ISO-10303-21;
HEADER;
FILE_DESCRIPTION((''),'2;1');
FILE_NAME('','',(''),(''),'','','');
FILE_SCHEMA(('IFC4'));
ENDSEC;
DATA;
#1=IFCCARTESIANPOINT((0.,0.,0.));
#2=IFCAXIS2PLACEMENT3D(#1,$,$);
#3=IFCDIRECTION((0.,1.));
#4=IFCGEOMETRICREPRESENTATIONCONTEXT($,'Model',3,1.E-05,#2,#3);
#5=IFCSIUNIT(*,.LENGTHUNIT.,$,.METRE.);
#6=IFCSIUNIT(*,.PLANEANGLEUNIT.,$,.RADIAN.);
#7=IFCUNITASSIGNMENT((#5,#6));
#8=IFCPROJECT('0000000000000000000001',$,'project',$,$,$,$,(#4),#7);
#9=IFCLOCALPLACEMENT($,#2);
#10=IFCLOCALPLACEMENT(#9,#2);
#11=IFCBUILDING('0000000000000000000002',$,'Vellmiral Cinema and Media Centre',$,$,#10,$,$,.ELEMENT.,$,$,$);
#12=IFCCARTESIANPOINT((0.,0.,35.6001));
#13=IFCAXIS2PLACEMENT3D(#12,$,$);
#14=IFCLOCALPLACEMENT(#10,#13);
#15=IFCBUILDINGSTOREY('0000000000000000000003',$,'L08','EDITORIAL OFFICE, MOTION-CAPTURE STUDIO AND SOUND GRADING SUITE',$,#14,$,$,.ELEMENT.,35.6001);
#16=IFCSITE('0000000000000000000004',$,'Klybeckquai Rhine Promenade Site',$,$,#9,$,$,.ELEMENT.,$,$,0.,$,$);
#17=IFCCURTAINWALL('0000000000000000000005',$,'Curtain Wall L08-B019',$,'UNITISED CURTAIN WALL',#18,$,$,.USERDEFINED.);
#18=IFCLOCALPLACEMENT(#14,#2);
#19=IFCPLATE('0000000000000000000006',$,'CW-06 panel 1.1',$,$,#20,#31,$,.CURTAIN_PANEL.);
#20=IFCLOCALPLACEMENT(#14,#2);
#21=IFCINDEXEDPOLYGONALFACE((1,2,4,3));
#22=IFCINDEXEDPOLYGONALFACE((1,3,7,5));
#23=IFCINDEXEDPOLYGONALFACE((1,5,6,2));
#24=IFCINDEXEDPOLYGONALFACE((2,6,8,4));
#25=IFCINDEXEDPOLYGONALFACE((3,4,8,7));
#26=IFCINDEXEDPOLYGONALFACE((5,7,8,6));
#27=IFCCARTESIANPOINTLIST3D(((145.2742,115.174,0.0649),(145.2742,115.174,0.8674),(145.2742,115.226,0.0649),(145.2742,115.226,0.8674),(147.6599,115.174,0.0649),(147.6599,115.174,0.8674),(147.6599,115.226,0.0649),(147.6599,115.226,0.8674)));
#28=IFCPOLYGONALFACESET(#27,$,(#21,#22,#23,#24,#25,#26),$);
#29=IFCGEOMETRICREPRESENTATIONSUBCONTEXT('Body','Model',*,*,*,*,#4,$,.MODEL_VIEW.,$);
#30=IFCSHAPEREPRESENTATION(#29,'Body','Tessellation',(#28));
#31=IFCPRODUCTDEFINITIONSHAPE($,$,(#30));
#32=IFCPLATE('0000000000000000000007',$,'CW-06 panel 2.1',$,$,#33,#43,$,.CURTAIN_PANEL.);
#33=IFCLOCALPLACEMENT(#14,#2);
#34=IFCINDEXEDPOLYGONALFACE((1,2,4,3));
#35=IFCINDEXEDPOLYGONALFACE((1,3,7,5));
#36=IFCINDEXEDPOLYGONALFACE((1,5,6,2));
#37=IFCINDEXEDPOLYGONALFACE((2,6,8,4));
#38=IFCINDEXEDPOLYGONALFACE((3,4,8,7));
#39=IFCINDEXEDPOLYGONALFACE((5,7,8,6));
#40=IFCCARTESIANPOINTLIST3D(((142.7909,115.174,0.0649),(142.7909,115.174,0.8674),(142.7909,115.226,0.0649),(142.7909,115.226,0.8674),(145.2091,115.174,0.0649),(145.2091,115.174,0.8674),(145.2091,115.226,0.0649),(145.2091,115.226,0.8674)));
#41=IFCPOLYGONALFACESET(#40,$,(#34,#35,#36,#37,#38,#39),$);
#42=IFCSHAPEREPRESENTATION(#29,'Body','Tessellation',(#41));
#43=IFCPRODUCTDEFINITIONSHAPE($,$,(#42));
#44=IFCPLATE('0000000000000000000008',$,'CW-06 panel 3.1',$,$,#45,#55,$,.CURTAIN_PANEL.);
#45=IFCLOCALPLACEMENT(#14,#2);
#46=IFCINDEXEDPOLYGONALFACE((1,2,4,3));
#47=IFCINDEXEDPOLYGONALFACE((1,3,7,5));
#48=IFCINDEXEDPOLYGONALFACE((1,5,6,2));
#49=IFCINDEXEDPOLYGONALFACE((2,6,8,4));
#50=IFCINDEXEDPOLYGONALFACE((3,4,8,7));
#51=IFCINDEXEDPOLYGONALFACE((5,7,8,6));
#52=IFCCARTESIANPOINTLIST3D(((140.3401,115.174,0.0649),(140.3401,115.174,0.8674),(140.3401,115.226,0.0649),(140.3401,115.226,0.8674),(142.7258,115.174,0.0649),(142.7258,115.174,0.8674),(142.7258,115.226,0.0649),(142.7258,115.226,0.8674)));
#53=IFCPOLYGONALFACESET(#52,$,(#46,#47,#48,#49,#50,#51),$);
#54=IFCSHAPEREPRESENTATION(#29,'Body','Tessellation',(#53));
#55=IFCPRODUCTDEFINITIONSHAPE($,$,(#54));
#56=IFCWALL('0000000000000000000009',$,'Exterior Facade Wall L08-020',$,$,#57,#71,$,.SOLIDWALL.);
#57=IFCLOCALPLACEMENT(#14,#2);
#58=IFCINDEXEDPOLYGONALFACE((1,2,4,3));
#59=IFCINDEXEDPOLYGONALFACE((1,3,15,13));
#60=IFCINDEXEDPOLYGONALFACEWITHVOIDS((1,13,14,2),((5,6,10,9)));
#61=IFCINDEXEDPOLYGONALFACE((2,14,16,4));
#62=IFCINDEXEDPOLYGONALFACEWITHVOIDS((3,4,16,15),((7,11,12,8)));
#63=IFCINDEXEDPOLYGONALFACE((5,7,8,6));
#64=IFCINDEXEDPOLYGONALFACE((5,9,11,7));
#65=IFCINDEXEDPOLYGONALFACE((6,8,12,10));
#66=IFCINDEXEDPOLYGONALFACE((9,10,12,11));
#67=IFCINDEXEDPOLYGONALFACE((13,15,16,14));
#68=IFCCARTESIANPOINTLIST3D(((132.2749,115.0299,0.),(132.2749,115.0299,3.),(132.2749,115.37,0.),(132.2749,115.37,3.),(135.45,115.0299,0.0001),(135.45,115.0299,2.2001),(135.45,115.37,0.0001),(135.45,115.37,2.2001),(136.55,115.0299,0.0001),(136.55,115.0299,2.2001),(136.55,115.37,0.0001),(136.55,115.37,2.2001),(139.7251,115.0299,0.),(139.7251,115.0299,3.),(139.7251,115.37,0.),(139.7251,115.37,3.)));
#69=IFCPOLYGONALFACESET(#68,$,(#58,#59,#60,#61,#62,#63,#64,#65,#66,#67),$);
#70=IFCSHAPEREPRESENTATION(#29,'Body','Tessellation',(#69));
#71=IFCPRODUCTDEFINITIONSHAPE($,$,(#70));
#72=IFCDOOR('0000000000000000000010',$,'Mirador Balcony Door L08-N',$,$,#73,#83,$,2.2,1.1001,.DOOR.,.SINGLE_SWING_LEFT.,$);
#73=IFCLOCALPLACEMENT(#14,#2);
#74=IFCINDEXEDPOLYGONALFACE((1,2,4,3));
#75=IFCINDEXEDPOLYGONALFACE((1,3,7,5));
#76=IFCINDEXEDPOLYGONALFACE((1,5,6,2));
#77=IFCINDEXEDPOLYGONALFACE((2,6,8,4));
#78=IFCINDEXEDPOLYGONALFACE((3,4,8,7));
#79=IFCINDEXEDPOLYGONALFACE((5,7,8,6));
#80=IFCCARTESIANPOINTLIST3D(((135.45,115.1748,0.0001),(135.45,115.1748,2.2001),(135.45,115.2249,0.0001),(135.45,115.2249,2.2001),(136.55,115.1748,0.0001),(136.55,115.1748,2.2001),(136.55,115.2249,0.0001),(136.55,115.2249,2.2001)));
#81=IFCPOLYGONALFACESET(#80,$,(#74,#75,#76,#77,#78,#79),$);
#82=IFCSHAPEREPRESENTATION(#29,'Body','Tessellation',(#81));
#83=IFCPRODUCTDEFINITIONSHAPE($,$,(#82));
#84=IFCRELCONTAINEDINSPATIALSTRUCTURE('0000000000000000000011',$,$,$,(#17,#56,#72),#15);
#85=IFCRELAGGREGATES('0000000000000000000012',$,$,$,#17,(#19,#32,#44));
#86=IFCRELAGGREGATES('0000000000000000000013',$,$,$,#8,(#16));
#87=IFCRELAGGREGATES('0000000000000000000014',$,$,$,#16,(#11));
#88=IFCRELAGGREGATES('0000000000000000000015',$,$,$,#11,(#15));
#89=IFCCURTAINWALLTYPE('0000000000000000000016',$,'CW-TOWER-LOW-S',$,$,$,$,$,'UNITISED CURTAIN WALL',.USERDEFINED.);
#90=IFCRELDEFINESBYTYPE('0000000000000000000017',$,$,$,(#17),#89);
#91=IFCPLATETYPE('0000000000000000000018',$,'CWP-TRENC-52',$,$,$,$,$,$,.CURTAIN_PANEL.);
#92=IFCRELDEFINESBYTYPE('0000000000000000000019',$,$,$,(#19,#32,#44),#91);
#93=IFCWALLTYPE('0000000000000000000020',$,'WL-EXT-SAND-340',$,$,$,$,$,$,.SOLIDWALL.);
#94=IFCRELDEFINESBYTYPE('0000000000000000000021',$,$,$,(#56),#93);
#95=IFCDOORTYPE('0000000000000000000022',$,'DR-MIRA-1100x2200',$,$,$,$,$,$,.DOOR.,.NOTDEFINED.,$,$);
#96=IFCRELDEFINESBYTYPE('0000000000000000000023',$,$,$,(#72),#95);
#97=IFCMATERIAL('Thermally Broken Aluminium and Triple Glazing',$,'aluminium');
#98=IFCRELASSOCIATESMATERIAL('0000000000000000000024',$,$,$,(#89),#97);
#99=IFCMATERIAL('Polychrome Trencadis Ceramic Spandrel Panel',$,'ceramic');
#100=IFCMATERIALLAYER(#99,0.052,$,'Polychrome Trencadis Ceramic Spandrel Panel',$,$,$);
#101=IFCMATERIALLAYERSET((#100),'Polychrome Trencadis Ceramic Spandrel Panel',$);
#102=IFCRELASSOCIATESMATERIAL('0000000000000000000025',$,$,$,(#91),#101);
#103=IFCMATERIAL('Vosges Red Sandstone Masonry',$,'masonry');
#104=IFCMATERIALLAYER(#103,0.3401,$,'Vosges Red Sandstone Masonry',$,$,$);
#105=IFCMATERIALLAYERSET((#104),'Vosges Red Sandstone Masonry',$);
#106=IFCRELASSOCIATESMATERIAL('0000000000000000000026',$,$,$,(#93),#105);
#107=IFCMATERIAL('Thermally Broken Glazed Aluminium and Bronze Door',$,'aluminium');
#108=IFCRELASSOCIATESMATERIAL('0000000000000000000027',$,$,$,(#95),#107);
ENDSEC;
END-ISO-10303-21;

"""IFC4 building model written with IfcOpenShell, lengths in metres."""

from ifc_helpers import new_model, si_unit, direction, frame, frame_2d, origin, origin_2d, place, context, subcontext, project, spatial, rectangle, extrude, material, layer, layer_set, type_object, element, fill, aggregate, save


model = new_model("IFC4")

# Units and contexts
model_context = context("Model", 3, precision=1e-05, world=origin(), true_north=direction((0.0, 1.0)))
body_context = subcontext(model_context, "Body", "Model", "MODEL_VIEW")
ifc_project = project(units=[si_unit("LENGTHUNIT", "METRE"), si_unit("PLANEANGLEUNIT", "RADIAN")], contexts=[model_context])

# Site, building, storey
site_placement = place(None, origin())
site = spatial("IfcSite", under=ifc_project, at=site_placement, Name="Klybeckquai Rhine Promenade Site", CompositionType="ELEMENT", RefElevation=0.0)
building_placement = place(site_placement, origin())
building = spatial("IfcBuilding", under=site, at=building_placement, Name="Vellmiral Cinema and Media Centre", CompositionType="ELEMENT")
storey_placement = place(building_placement, frame((0.0, 0.0, 35.6001)))
storey = spatial("IfcBuildingStorey", under=building, at=storey_placement, Name="L08", Description="EDITORIAL OFFICE, MOTION-CAPTURE STUDIO AND SOUND GRADING SUITE", CompositionType="ELEMENT", Elevation=35.6001)

# Curtain wall
ifc_material_1 = material(Name="Thermally Broken Aluminium and Triple Glazing", Category="aluminium")
curtain_wall_type = type_object("IfcCurtainWallType", Name="CW-TOWER-LOW-S", ElementType="UNITISED CURTAIN WALL", PredefinedType="USERDEFINED", material=ifc_material_1)
curtain_wall_placement = place(storey_placement, origin())
curtain_wall = element("IfcCurtainWall", 1, at=curtain_wall_placement, inside=storey, type_object=curtain_wall_type, Name="Curtain Wall L08-B019", ObjectType="UNITISED CURTAIN WALL", PredefinedType="USERDEFINED")

# Plates
ifc_material_2 = material(Name="Polychrome Trencadis Ceramic Spandrel Panel", Category="ceramic")
ifc_layer_1 = layer(ifc_material_2, 0.052, Name="Polychrome Trencadis Ceramic Spandrel Panel")
ifc_layer_set_1 = layer_set([ifc_layer_1], Name="Polychrome Trencadis Ceramic Spandrel Panel")
plate_type_1 = type_object("IfcPlateType", Name="CWP-TRENC-52", PredefinedType="CURTAIN_PANEL", material=ifc_layer_set_1)
plate_1_placement = place(storey_placement, frame((146.467, 115.2, 0.0649), z_axis=(0.0, 0.0, 1.0), x_axis=(-1.0, 0.0, 0.0)))
plate_1 = element("IfcPlate", 2, at=plate_1_placement, type_object=plate_type_1, Name="CW-06 panel 1.1", PredefinedType="CURTAIN_PANEL", context=body_context, shape_type="SweptSolid", body=[
    extrude(rectangle(XDim=2.3857, YDim=0.052, at=origin_2d()), origin(), (0.0, 0.0, 1.0), 0.8025),
])
plate_2_placement = place(storey_placement, frame((144.0, 115.2, 0.0649), z_axis=(0.0, 0.0, 1.0), x_axis=(-1.0, 0.0, 0.0)))
plate_2 = element("IfcPlate", 3, at=plate_2_placement, type_object=plate_type_1, Name="CW-06 panel 2.1", PredefinedType="CURTAIN_PANEL", context=body_context, shape_type="SweptSolid", body=[
    extrude(rectangle(XDim=2.4182, YDim=0.052, at=origin_2d()), origin(), (0.0, 0.0, 1.0), 0.8025),
])
plate_3_placement = place(storey_placement, frame((141.533, 115.2, 0.0649), z_axis=(0.0, 0.0, 1.0), x_axis=(-1.0, 0.0, 0.0)))
plate_3 = element("IfcPlate", 4, at=plate_3_placement, type_object=plate_type_1, Name="CW-06 panel 3.1", PredefinedType="CURTAIN_PANEL", context=body_context, shape_type="SweptSolid", body=[
    extrude(rectangle(XDim=2.3857, YDim=0.052, at=origin_2d()), origin(), (0.0, 0.0, 1.0), 0.8025),
])
aggregate(curtain_wall, [plate_1, plate_2, plate_3])

# Wall, opening, door
ifc_material_3 = material(Name="Vosges Red Sandstone Masonry", Category="masonry")
ifc_layer_2 = layer(ifc_material_3, 0.3401, Name="Vosges Red Sandstone Masonry")
ifc_layer_set_2 = layer_set([ifc_layer_2], Name="Vosges Red Sandstone Masonry")
wall_type = type_object("IfcWallType", Name="WL-EXT-SAND-340", PredefinedType="SOLIDWALL", material=ifc_layer_set_2)
wall_placement = place(storey_placement, frame((139.7251, 115.2, 0.0), z_axis=(0.0, 0.0, 1.0), x_axis=(-1.0, 0.0, 0.0)))
wall = element("IfcWall", 5, at=wall_placement, inside=storey, type_object=wall_type, Name="Exterior Facade Wall L08-020", PredefinedType="SOLIDWALL", context=body_context, shape_type="SweptSolid", body=[
    extrude(rectangle(XDim=7.4502, YDim=0.3401, at=frame_2d((3.7251, 0.0))), origin(), (0.0, 0.0, 1.0), 3.0),
])
opening_placement = place(wall_placement, frame((3.175, 0.0, 0.0)))
opening = element("IfcOpeningElement", 6, at=opening_placement, cuts=wall, PredefinedType="OPENING", context=body_context, shape_type="SweptSolid", body=[
    extrude(rectangle(XDim=1.1001, YDim=2.2, at=frame_2d((0.55, 1.1001))), frame((0.0, 0.1821, 0.0), z_axis=(0.0, -1.0, 0.0), x_axis=(1.0, 0.0, 0.0)), (0.0, 0.0, 1.0), 0.364),
])
ifc_material_4 = material(Name="Thermally Broken Glazed Aluminium and Bronze Door", Category="aluminium")
door_type = type_object("IfcDoorType", Name="DR-MIRA-1100x2200", OperationType="NOTDEFINED", PredefinedType="DOOR", material=ifc_material_4)
door_placement = place(opening_placement, frame((1.1001, 0.0, 0.0), z_axis=(0.0, 0.0, 1.0), x_axis=(-1.0, 0.0, 0.0)))
door = element("IfcDoor", 7, at=door_placement, inside=storey, type_object=door_type, Name="Mirador Balcony Door L08-N", OperationType="SINGLE_SWING_LEFT", OverallHeight=2.2, OverallWidth=1.1001, PredefinedType="DOOR", context=body_context, shape_type="SweptSolid", body=[
    extrude(rectangle(XDim=1.1001, YDim=2.2, at=frame_2d((0.55, 1.1001))), frame((0.0, 0.0249, 0.0), z_axis=(0.0, -1.0, 0.0), x_axis=(1.0, 0.0, 0.0)), (0.0, 0.0, 1.0), 0.05),
])
fill(opening, door)

save(model, "model.ifc")
